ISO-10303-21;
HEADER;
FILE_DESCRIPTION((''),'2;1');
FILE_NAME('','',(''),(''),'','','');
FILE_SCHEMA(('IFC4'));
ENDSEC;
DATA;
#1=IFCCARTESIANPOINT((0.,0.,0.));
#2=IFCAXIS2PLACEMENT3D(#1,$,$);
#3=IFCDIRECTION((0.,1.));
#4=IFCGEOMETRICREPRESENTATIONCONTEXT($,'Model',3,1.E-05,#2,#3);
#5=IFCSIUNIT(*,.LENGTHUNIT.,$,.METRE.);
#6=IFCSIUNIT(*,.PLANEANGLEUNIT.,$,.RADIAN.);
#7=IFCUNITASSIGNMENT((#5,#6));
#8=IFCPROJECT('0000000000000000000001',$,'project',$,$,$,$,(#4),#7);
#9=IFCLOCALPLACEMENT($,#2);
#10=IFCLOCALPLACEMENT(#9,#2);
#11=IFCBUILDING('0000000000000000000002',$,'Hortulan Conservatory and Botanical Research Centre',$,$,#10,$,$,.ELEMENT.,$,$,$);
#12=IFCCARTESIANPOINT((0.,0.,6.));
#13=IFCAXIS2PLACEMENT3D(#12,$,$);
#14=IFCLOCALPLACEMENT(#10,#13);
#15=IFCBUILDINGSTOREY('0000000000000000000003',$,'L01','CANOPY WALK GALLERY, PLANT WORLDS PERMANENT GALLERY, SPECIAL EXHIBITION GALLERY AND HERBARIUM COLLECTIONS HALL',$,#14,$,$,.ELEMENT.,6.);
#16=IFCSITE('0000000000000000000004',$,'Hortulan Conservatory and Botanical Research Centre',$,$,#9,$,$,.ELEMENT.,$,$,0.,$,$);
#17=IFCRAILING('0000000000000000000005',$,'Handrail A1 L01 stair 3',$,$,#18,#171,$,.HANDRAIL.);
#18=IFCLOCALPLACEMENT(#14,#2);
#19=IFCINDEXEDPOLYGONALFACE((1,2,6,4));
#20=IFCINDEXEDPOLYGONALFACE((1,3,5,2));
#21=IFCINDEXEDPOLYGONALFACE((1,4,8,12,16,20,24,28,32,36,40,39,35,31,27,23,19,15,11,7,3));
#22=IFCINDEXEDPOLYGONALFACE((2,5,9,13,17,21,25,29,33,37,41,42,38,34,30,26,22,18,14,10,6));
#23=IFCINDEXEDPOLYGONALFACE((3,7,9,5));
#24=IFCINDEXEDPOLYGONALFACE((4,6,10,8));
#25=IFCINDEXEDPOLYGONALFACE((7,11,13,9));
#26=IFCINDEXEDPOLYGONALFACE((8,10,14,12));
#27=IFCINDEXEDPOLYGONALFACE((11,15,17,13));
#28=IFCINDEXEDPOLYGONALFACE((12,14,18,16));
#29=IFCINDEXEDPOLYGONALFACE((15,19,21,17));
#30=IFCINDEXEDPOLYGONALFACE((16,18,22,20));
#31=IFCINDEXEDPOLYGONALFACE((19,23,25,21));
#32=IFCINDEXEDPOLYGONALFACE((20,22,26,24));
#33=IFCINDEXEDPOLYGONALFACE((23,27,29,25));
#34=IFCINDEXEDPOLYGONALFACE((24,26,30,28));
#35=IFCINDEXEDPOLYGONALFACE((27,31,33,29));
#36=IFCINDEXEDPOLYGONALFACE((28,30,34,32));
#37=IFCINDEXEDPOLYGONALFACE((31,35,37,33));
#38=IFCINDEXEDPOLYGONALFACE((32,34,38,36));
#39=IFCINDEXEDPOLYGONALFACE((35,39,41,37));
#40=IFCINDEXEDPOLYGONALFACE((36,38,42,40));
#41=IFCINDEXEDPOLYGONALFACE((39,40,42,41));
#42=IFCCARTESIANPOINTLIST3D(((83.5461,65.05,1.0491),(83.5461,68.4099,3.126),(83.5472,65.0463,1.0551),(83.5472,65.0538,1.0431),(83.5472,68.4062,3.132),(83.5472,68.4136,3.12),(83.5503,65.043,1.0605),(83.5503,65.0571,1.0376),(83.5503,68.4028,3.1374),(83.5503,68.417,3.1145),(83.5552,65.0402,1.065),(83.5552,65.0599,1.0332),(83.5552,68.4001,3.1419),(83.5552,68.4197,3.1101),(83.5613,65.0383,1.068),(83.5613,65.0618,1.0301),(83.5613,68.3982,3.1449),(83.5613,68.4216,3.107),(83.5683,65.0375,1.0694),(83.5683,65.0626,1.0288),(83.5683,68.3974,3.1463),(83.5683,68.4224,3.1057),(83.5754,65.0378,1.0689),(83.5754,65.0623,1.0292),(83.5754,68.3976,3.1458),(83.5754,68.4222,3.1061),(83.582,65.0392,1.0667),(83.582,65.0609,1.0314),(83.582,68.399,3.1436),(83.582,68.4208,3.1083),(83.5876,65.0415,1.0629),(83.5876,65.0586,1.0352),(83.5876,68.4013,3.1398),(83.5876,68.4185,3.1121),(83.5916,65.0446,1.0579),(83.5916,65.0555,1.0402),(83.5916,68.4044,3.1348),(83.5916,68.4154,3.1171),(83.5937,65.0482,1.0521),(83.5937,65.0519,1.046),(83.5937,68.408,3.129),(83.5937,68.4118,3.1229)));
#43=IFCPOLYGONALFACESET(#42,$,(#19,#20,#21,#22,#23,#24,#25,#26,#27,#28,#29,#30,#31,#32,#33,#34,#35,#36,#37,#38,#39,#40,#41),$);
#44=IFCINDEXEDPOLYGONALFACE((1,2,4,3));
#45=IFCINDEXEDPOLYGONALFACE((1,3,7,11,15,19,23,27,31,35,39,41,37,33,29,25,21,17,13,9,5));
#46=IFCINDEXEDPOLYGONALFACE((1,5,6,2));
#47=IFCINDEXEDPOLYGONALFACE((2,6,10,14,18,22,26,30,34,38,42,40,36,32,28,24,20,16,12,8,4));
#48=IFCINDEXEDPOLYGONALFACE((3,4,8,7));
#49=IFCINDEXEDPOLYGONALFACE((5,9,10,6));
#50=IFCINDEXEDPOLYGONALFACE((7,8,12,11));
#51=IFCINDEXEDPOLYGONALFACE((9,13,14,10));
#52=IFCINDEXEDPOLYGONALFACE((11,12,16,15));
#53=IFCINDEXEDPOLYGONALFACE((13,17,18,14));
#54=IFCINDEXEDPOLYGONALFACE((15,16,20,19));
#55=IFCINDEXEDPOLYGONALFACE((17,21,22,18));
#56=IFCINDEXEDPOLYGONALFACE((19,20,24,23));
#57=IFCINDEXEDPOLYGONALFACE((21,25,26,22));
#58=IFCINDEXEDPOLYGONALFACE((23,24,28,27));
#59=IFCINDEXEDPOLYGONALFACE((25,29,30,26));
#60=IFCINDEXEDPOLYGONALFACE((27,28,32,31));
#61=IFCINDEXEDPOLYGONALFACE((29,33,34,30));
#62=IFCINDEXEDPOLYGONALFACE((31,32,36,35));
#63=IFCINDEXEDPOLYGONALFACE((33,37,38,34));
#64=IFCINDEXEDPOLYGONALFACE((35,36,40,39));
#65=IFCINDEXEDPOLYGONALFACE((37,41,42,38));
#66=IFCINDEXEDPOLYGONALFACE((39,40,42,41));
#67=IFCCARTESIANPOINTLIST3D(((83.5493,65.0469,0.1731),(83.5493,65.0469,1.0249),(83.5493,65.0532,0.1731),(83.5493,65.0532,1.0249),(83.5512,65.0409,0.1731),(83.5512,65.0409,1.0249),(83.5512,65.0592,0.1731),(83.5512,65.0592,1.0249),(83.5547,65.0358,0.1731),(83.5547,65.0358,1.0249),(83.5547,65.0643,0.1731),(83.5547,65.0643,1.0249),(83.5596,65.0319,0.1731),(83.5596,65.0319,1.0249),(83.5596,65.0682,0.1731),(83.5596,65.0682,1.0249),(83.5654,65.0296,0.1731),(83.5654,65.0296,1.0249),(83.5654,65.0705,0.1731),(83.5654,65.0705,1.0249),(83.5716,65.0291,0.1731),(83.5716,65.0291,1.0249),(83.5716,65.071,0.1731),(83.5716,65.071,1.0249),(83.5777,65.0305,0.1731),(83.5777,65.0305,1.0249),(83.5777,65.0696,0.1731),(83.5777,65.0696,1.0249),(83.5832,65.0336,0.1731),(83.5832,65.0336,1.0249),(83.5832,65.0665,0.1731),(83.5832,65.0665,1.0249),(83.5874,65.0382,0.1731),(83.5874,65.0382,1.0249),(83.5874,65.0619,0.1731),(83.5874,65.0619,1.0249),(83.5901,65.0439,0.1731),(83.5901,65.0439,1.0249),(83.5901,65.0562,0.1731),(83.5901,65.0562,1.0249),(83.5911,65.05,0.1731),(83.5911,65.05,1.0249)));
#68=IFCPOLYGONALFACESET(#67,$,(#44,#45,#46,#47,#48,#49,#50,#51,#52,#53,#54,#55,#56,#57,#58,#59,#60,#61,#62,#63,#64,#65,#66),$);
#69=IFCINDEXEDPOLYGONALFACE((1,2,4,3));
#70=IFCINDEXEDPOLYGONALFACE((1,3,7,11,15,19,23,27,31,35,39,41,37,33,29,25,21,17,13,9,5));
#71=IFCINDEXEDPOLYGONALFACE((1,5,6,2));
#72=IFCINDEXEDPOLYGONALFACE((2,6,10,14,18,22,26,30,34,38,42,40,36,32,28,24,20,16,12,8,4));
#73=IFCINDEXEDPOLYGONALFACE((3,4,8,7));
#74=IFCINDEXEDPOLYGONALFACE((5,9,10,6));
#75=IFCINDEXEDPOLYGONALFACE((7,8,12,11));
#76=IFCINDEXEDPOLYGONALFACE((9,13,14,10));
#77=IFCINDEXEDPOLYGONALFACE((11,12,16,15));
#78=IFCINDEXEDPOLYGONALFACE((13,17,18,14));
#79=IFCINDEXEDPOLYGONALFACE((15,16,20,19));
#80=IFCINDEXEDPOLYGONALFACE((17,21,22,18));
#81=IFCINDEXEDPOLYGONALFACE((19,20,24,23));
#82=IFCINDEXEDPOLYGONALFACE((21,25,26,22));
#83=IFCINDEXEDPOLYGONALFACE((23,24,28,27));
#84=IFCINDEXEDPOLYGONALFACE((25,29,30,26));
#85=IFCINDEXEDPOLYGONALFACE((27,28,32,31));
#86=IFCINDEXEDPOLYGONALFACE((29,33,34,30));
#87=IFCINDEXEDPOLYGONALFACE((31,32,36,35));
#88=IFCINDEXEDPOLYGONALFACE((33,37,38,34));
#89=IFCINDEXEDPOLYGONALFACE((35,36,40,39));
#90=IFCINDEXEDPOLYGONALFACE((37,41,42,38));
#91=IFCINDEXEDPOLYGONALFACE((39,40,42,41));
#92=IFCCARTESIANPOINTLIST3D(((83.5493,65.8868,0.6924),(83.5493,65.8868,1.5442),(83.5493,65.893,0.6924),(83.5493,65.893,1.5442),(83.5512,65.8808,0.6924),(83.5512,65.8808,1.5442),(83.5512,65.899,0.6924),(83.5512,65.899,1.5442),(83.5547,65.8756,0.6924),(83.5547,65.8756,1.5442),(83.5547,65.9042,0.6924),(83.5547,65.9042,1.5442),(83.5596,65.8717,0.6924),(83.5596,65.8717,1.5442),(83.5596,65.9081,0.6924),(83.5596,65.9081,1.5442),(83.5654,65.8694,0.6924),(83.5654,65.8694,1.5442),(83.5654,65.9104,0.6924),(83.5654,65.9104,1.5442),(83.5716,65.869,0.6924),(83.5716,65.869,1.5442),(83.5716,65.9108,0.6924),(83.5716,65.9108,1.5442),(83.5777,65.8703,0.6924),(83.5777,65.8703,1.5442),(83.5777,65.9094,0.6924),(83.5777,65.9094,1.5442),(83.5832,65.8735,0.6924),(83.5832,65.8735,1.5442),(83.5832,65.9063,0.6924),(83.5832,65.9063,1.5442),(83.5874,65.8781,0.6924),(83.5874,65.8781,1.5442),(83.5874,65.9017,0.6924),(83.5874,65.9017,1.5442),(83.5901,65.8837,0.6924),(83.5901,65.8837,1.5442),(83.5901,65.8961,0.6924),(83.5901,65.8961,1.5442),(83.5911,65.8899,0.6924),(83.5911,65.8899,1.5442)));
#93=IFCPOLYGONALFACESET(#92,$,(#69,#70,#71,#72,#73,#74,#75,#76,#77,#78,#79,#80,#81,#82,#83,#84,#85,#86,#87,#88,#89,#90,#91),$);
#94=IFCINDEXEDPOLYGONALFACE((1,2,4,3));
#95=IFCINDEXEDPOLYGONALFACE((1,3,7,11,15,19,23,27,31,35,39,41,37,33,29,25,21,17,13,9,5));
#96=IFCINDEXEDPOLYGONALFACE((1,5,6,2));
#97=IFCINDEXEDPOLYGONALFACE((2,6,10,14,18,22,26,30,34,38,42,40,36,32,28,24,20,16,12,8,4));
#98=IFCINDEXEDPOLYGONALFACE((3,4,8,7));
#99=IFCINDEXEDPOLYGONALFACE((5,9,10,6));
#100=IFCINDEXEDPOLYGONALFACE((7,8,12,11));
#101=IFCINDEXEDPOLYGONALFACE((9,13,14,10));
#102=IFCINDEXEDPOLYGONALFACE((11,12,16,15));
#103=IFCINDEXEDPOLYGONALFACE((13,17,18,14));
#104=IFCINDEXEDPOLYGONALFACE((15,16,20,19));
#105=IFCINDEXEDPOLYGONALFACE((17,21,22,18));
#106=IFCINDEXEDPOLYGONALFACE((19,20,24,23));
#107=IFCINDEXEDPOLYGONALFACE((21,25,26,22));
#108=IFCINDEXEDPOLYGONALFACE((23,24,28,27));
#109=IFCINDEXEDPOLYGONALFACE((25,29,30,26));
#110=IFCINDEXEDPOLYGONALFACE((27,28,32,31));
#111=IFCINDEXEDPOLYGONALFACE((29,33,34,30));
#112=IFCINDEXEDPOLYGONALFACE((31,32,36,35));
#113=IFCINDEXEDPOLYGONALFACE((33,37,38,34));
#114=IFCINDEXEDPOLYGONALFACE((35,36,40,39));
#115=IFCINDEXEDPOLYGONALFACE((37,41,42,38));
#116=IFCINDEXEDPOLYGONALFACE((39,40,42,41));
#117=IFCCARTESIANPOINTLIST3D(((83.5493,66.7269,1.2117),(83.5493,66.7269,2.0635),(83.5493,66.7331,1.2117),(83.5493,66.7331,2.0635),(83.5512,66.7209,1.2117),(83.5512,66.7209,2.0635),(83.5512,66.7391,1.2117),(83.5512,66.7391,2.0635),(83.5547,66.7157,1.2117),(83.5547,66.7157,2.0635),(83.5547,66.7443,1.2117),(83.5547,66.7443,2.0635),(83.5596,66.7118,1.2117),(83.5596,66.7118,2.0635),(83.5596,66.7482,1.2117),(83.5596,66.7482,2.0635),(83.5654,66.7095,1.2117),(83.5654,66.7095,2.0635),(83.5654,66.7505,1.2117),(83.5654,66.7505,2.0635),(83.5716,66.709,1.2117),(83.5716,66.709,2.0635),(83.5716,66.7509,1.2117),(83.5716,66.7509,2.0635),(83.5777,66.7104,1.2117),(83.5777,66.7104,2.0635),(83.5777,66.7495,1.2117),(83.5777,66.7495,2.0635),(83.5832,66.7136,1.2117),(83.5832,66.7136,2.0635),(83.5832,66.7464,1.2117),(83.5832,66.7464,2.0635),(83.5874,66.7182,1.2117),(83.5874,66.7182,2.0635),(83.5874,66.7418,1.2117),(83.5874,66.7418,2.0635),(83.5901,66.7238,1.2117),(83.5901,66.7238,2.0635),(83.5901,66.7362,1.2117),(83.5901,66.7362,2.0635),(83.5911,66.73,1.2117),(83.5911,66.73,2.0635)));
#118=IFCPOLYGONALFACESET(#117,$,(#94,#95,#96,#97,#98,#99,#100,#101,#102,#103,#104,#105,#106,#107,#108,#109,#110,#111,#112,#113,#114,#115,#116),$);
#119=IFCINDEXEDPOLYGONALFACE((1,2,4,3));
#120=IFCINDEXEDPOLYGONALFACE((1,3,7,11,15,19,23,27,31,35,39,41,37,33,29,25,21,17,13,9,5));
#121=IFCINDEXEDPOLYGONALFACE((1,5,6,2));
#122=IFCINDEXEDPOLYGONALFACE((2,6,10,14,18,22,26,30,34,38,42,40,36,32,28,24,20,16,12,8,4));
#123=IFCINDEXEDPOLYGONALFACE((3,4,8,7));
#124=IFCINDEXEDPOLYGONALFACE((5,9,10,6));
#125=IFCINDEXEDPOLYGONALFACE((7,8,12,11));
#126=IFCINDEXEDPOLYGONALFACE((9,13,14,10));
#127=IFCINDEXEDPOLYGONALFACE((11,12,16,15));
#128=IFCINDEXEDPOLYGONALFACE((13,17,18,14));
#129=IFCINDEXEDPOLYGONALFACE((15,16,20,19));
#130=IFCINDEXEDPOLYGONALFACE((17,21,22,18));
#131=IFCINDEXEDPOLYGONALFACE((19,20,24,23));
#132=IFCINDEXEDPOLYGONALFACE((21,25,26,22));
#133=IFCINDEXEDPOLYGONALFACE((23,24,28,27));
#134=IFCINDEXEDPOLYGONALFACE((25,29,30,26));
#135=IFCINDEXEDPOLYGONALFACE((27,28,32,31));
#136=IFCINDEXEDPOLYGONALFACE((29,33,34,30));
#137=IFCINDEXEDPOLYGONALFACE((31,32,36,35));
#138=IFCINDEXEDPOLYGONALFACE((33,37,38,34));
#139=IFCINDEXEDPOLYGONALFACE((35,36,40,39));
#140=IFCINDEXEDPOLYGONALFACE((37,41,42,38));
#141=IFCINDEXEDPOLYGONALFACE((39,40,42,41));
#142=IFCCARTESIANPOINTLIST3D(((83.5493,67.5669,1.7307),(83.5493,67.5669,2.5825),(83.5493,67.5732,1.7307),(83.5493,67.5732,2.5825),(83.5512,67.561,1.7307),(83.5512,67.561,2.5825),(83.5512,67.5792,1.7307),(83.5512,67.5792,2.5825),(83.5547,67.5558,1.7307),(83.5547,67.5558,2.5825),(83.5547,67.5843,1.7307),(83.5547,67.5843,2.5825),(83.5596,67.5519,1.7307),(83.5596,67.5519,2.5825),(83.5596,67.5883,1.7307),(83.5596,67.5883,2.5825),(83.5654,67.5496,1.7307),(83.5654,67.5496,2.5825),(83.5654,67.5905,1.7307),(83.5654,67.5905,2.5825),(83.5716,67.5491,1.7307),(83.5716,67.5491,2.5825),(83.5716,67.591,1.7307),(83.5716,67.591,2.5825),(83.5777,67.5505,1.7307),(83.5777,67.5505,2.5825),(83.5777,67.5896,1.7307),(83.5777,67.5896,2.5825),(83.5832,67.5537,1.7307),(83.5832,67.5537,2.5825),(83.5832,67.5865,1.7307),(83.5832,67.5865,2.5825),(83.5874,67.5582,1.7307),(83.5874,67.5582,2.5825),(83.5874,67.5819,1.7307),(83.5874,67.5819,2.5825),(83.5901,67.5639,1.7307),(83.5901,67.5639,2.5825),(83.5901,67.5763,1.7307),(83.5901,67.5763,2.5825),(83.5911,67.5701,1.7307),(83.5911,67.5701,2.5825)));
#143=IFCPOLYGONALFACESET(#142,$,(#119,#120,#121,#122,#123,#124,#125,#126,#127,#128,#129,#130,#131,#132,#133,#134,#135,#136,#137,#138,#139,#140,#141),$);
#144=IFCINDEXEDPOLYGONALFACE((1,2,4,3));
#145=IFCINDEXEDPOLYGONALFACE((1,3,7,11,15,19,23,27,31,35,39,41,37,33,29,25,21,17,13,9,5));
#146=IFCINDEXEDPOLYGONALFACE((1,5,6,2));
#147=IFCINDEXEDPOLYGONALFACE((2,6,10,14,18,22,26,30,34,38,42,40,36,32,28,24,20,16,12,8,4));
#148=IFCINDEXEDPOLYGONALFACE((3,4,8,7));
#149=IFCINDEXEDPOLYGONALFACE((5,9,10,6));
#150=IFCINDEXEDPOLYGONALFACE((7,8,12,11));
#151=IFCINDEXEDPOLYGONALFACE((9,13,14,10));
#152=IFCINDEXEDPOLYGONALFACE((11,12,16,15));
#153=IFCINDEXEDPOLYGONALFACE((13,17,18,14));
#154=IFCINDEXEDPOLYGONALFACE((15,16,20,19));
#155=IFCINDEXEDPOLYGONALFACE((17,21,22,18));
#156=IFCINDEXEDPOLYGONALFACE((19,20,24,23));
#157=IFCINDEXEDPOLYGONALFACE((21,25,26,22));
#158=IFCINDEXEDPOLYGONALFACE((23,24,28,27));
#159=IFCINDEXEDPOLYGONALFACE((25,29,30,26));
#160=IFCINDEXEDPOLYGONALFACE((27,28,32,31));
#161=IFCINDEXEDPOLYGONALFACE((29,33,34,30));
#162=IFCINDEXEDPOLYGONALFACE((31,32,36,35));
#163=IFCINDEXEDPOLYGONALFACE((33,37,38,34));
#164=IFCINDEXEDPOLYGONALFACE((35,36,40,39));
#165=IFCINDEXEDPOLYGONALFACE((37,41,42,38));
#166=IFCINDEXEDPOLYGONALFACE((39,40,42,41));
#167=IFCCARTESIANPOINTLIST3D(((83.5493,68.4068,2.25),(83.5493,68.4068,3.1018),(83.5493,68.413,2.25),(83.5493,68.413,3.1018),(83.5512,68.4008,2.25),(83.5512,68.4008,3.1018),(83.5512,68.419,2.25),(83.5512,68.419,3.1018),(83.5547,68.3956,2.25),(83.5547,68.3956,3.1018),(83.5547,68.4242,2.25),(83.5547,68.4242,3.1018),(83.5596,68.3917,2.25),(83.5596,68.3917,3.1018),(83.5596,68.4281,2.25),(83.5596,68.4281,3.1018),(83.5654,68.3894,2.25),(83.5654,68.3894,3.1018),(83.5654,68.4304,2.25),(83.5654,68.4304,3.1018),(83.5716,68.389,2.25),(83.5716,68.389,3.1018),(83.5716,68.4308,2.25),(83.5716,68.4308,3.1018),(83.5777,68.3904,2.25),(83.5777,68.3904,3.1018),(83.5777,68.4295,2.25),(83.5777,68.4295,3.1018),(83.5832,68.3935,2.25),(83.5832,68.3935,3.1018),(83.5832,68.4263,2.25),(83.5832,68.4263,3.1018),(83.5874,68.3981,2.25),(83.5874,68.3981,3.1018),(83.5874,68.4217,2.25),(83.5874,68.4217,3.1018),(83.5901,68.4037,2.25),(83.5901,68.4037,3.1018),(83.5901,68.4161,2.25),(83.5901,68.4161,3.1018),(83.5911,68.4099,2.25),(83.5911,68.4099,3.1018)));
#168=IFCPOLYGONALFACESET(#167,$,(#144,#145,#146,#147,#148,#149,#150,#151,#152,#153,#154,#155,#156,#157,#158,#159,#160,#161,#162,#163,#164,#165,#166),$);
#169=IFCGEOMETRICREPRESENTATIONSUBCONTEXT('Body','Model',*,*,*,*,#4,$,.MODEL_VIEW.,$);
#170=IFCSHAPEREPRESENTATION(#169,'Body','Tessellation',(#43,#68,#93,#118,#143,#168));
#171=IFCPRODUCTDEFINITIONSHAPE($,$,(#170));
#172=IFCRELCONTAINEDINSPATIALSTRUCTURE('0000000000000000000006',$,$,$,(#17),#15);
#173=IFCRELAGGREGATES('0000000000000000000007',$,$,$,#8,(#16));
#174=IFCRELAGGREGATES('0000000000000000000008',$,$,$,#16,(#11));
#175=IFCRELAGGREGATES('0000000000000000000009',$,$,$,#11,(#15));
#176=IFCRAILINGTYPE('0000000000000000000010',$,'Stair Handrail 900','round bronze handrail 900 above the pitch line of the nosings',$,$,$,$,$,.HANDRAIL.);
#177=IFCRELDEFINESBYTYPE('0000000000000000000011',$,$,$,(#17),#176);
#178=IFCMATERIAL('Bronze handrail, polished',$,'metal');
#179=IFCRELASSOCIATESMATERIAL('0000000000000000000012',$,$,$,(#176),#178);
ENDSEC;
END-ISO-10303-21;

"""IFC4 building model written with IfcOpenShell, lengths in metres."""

from ifc_helpers import new_model, si_unit, direction, frame, origin, origin_2d, place, context, subcontext, project, spatial, circle, extrude, material, type_object, element, save


model = new_model("IFC4")

# Units and contexts
model_context = context("Model", 3, precision=1e-05, world=origin(), true_north=direction((0.0, 1.0)))
body_context = subcontext(model_context, "Body", "Model", "MODEL_VIEW")
ifc_project = project(units=[si_unit("LENGTHUNIT", "METRE"), si_unit("PLANEANGLEUNIT", "RADIAN")], contexts=[model_context])

# Site, building, storey
site_placement = place(None, origin())
site = spatial("IfcSite", under=ifc_project, at=site_placement, Name="Hortulan Conservatory and Botanical Research Centre", CompositionType="ELEMENT", RefElevation=0.0)
building_placement = place(site_placement, origin())
building = spatial("IfcBuilding", under=site, at=building_placement, Name="Hortulan Conservatory and Botanical Research Centre", CompositionType="ELEMENT")
storey_placement = place(building_placement, frame((0.0, 0.0, 6.0)))
storey = spatial("IfcBuildingStorey", under=building, at=storey_placement, Name="L01", Description="CANOPY WALK GALLERY, PLANT WORLDS PERMANENT GALLERY, SPECIAL EXHIBITION GALLERY AND HERBARIUM COLLECTIONS HALL", CompositionType="ELEMENT", Elevation=6.0)

# Railing
ifc_material_1 = material(Name="Bronze handrail, polished", Category="metal")
railing_type_1 = type_object("IfcRailingType", Name="Stair Handrail 900", Description="round bronze handrail 900 above the pitch line of the nosings", PredefinedType="HANDRAIL", material=ifc_material_1)
railing_1_placement = place(storey_placement, frame((83.5701, 65.05, 0.1731)))
element("IfcRailing", 1, at=railing_1_placement, inside=storey, type_object=railing_type_1, Name="Handrail A1 L01 stair 3", PredefinedType="HANDRAIL", context=body_context, shape_type="SweptSolid", body=[
    extrude(circle(Radius=0.0239, at=origin_2d()), frame((0.0, 0.0, 0.876), z_axis=(0.0, 0.850606, 0.525803), x_axis=(-1.0, 0.0, 0.0)), (0.0, 0.0, 1.0), 3.95),
    extrude(circle(Radius=0.021, at=origin_2d()), origin(), (0.0, 0.0, 1.0), 0.8518),
    extrude(circle(Radius=0.021, at=origin_2d()), frame((0.0, 0.8398, 0.5193)), (0.0, 0.0, 1.0), 0.8518),
    extrude(circle(Radius=0.021, at=origin_2d()), frame((0.0, 1.6799, 1.0386)), (0.0, 0.0, 1.0), 0.8518),
    extrude(circle(Radius=0.021, at=origin_2d()), frame((0.0, 2.52, 1.5576)), (0.0, 0.0, 1.0), 0.8518),
    extrude(circle(Radius=0.021, at=origin_2d()), frame((0.0, 3.3599, 2.0769)), (0.0, 0.0, 1.0), 0.8518),
])

save(model, "model.ifc")
